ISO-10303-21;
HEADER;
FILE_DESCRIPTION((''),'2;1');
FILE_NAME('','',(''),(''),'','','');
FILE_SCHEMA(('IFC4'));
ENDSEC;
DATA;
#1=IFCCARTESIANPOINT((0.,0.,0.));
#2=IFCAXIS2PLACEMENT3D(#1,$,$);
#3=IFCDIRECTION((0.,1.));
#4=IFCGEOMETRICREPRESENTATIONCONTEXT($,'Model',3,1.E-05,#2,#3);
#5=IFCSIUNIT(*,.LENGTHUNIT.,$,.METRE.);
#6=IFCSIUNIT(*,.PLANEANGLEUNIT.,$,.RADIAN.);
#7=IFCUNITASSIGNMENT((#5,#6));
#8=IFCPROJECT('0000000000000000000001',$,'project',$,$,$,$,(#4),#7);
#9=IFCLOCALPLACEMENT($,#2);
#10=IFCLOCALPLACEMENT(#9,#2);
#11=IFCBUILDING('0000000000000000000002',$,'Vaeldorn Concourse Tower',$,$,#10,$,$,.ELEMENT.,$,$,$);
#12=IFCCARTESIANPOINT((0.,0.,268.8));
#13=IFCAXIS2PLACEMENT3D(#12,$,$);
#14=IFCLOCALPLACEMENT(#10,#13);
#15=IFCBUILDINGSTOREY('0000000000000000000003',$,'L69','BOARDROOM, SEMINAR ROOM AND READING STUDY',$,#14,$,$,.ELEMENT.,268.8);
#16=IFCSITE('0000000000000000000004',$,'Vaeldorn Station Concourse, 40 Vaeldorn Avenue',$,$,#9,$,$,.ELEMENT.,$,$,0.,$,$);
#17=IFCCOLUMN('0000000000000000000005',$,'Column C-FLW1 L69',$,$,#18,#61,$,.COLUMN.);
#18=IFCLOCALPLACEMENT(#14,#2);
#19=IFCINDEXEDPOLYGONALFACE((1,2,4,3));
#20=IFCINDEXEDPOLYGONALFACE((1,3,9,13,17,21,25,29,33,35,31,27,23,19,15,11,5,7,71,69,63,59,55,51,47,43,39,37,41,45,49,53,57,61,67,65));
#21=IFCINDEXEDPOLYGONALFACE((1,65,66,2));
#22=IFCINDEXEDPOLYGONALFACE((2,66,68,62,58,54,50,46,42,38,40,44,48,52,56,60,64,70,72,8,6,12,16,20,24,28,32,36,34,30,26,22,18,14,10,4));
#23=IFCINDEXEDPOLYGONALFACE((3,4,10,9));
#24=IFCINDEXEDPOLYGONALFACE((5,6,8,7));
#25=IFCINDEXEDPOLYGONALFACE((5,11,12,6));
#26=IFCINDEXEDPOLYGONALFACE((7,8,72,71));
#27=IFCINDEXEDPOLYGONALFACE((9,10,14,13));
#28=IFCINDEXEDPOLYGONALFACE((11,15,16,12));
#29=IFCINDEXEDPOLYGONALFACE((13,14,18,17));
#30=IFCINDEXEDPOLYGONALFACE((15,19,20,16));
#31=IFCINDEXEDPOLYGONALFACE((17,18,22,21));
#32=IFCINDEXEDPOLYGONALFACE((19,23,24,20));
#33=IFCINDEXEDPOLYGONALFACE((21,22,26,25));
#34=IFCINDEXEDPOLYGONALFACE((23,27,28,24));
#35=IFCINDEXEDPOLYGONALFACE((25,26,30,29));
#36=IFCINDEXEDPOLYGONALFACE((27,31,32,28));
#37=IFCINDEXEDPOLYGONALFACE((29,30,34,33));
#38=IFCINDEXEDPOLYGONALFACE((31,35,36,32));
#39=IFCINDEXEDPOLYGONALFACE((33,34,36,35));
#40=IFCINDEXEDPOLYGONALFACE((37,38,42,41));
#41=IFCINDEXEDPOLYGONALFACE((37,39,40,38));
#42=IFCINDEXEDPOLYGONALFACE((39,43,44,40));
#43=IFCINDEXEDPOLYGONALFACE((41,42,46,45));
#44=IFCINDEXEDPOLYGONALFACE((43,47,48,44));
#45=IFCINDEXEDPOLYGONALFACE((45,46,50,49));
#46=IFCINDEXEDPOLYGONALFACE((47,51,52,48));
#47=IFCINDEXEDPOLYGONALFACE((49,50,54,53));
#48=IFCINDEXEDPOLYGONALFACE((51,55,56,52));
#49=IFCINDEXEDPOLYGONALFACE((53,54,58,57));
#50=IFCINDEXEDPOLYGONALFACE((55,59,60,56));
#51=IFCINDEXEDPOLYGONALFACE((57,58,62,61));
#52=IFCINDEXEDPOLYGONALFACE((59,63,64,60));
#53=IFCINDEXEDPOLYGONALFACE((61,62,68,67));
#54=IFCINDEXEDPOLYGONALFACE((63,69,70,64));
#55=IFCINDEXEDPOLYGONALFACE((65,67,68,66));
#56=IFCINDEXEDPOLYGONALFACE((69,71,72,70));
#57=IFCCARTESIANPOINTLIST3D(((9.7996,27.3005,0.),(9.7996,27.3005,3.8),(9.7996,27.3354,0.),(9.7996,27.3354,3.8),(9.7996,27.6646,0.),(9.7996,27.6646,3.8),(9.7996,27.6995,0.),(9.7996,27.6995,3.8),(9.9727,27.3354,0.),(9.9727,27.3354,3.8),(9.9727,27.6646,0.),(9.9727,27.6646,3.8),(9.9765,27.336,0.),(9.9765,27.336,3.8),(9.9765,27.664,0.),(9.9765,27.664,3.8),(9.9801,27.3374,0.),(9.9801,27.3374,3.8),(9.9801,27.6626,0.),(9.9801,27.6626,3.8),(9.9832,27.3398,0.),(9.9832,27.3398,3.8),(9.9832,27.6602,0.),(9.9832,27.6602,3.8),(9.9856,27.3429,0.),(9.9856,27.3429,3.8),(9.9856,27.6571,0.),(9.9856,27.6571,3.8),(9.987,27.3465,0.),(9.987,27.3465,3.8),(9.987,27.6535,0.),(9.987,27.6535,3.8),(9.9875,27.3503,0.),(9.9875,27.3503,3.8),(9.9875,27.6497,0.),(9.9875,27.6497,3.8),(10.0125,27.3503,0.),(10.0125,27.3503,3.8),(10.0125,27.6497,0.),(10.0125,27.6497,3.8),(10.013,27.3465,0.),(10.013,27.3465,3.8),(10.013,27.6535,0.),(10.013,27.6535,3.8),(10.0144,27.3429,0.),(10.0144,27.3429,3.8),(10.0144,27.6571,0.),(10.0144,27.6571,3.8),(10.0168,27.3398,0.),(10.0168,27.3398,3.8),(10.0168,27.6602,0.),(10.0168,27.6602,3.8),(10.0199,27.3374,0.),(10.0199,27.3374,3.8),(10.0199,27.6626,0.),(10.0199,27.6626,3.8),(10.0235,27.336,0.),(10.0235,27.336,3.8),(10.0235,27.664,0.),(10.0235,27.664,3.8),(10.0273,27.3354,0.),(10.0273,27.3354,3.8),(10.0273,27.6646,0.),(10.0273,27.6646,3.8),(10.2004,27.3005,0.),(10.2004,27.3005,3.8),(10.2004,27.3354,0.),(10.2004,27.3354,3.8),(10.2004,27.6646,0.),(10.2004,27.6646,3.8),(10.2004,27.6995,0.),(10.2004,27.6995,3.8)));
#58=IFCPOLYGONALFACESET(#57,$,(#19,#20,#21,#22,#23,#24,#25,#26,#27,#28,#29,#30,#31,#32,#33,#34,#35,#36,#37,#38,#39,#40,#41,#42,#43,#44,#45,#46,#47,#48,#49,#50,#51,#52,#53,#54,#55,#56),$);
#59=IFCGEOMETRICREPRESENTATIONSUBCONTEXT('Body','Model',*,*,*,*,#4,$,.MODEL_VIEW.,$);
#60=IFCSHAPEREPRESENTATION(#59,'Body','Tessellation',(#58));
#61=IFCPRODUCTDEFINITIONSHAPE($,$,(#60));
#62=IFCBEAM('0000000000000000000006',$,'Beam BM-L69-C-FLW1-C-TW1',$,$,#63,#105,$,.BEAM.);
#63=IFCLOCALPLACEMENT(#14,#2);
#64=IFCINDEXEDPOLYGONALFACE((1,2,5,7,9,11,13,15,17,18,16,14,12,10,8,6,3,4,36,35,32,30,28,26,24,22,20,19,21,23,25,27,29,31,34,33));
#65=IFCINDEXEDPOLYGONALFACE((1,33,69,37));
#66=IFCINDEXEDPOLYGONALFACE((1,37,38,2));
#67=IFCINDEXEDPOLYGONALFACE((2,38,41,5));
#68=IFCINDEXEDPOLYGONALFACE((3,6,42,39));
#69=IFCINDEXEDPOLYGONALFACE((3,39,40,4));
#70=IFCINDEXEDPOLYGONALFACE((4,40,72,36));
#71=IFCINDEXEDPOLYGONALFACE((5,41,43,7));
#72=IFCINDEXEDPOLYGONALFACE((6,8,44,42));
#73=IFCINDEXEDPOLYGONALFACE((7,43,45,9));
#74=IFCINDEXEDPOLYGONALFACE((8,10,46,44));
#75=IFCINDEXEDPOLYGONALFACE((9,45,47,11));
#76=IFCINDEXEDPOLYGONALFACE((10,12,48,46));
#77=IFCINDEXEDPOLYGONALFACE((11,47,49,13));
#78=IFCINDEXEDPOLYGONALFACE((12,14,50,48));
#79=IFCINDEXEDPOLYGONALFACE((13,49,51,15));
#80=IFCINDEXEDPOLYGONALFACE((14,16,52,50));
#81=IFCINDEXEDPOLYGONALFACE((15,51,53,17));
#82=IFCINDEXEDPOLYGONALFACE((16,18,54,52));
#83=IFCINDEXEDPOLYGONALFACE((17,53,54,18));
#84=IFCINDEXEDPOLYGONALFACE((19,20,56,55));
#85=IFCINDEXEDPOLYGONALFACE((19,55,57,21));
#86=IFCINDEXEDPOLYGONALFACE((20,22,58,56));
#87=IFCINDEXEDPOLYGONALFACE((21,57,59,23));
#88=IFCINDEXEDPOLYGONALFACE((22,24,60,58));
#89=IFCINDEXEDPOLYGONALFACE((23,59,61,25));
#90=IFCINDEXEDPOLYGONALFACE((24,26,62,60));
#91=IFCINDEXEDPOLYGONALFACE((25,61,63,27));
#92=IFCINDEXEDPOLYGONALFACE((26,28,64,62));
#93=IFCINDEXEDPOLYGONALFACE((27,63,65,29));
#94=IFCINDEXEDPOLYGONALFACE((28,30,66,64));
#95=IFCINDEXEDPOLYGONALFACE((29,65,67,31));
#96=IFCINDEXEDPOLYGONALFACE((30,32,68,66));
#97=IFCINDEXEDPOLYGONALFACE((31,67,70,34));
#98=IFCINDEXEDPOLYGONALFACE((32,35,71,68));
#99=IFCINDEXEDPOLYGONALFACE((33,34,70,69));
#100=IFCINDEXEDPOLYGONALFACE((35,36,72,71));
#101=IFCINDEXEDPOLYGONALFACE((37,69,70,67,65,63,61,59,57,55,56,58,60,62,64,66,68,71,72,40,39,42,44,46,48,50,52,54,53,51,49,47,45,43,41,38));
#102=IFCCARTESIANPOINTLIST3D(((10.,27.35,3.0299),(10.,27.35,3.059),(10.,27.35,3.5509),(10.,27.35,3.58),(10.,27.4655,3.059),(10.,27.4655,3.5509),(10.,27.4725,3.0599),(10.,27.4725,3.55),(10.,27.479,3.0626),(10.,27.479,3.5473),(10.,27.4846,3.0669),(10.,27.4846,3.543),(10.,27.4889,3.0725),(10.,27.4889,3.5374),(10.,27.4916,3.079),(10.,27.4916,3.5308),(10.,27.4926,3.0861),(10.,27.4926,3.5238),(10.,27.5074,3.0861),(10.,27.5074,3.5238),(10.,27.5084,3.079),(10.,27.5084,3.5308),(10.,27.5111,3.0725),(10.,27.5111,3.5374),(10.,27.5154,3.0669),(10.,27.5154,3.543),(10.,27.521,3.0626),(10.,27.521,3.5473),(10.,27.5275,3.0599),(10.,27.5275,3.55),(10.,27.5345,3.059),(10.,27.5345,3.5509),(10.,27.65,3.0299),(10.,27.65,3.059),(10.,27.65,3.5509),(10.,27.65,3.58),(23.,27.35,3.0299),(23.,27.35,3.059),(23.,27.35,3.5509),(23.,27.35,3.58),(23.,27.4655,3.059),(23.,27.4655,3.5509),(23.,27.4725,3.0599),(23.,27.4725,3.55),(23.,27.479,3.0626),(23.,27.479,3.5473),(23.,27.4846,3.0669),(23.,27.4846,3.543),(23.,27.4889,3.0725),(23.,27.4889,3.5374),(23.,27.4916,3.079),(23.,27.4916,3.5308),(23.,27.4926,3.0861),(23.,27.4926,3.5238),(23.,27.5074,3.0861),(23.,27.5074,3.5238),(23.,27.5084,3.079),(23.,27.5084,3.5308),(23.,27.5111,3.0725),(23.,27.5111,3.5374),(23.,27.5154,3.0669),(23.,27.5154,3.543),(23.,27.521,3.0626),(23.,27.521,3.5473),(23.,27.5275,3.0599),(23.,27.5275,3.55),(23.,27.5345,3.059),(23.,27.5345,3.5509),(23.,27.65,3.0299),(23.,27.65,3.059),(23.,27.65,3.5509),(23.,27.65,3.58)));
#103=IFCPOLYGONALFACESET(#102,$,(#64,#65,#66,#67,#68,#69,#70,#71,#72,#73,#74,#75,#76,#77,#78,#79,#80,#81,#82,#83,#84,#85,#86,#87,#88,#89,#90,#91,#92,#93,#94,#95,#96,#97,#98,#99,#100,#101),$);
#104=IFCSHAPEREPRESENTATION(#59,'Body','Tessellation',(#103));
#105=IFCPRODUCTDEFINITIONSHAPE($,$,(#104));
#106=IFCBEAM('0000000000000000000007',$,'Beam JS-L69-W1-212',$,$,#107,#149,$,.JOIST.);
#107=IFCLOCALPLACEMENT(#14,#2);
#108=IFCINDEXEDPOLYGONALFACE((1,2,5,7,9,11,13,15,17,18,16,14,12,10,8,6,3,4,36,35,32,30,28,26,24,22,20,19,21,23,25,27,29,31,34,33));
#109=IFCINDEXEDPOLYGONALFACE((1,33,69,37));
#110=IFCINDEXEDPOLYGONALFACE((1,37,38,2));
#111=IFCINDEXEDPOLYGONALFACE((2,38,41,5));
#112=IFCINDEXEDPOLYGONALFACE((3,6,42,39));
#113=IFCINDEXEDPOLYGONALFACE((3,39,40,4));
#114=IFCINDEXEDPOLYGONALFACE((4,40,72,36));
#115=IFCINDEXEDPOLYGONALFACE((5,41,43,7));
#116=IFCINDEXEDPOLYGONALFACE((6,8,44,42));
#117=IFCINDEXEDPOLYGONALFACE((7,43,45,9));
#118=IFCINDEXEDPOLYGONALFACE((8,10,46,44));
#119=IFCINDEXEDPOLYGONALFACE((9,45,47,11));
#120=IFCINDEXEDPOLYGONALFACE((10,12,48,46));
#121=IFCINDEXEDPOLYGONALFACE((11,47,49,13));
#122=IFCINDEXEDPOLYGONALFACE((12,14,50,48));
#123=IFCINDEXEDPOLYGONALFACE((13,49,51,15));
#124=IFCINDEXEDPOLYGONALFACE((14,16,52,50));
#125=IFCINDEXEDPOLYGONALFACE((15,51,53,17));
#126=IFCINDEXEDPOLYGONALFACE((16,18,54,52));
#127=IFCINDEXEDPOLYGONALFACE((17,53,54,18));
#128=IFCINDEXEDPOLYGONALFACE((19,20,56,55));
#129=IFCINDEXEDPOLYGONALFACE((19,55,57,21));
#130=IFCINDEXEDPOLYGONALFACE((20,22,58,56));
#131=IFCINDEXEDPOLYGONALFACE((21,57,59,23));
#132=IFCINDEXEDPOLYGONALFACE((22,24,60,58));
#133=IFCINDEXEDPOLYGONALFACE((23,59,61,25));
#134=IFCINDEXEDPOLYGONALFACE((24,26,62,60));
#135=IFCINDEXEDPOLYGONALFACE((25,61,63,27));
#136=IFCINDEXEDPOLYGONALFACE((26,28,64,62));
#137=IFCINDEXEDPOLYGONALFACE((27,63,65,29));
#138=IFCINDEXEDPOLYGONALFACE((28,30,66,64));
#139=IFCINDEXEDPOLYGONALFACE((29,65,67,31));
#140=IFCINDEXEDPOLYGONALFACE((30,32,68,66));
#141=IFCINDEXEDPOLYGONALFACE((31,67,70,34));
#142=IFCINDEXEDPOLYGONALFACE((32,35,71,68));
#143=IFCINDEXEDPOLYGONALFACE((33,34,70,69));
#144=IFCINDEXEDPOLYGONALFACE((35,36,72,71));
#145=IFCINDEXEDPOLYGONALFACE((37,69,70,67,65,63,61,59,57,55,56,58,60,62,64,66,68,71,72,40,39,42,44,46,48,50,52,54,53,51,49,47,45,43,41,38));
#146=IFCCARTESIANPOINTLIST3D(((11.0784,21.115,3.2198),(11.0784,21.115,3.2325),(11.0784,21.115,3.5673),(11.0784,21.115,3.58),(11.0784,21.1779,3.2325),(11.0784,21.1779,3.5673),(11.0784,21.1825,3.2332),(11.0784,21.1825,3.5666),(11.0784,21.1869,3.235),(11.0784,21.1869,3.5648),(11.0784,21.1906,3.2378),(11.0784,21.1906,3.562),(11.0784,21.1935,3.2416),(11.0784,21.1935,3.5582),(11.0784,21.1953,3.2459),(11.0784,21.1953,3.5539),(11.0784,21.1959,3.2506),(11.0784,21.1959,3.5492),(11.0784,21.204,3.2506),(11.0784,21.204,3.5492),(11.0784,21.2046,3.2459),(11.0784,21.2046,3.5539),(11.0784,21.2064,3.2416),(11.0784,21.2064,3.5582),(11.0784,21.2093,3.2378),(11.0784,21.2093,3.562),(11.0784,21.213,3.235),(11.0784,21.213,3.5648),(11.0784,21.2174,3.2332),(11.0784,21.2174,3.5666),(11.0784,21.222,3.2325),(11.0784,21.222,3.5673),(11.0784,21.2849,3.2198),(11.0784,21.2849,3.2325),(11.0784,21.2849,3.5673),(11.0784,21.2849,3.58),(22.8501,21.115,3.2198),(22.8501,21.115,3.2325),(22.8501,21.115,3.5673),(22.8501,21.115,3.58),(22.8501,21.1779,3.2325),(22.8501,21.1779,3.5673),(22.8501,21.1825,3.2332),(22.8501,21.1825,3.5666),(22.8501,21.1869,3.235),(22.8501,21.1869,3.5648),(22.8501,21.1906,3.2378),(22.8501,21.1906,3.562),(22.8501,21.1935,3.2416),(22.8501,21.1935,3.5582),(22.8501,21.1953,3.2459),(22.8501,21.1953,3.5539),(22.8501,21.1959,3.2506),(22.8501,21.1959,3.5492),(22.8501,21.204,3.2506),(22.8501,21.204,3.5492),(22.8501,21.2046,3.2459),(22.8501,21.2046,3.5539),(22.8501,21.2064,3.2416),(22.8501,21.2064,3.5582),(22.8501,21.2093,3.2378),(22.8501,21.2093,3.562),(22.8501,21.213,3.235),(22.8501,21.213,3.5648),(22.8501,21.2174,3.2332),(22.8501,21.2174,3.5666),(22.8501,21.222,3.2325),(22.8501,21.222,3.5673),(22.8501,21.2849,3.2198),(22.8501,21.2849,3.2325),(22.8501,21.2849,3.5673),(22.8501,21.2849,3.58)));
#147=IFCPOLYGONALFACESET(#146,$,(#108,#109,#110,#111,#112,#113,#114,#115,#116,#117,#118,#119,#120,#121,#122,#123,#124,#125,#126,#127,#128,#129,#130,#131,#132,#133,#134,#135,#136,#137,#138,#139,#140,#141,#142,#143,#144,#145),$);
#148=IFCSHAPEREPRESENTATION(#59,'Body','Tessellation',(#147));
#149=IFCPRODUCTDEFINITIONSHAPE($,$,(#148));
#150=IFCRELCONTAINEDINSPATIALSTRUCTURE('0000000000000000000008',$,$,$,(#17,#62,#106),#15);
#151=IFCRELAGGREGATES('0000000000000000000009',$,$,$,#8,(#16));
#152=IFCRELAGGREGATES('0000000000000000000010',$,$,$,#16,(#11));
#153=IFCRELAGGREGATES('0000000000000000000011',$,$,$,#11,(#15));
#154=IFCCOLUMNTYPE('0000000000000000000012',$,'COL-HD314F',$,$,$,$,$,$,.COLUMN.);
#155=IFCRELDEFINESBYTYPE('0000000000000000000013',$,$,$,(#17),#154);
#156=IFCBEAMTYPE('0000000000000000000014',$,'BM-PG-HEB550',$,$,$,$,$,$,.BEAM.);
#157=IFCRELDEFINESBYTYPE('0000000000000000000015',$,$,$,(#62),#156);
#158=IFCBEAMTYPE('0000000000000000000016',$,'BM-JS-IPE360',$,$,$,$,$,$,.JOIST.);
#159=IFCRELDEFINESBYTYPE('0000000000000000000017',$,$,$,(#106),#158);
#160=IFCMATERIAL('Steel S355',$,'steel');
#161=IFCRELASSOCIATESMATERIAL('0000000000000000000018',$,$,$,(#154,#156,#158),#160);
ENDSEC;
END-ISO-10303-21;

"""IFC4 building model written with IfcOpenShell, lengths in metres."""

from ifc_helpers import new_model, si_unit, direction, frame, origin, origin_2d, place, context, subcontext, project, spatial, i_section, extrude, source, transform, mapped, material, material_profile, profile_set, type_object, element, save


model = new_model("IFC4")

# Units and contexts
model_context = context("Model", 3, precision=1e-05, world=origin(), true_north=direction((0.0, 1.0)))
body_context = subcontext(model_context, "Body", "Model", "MODEL_VIEW")
ifc_project = project(units=[si_unit("LENGTHUNIT", "METRE"), si_unit("PLANEANGLEUNIT", "RADIAN")], contexts=[model_context])

# Site, building, storey
site_placement = place(None, origin())
site = spatial("IfcSite", under=ifc_project, at=site_placement, Name="Vaeldorn Station Concourse, 40 Vaeldorn Avenue", CompositionType="ELEMENT", RefElevation=0.0)
building_placement = place(site_placement, origin())
building = spatial("IfcBuilding", under=site, at=building_placement, Name="Vaeldorn Concourse Tower", CompositionType="ELEMENT")
storey_placement = place(building_placement, frame((0.0, 0.0, 268.8)))
storey = spatial("IfcBuildingStorey", under=building, at=storey_placement, Name="L69", Description="BOARDROOM, SEMINAR ROOM AND READING STUDY", CompositionType="ELEMENT", Elevation=268.8)

# Column
ifc_material_1 = material(Name="Steel S355", Category="steel")
ifc_material_profile_1 = material_profile(ifc_material_1, i_section(OverallWidth=0.4009, OverallDepth=0.3989, WebThickness=0.0249, FlangeThickness=0.0349, FilletRadius=0.0149, at=origin_2d()), Name="HD 400x314")
ifc_profile_set_1 = profile_set([ifc_material_profile_1], Name="Steel S355")
column_type = type_object("IfcColumnType", Name="COL-HD314F", PredefinedType="COLUMN", material=ifc_profile_set_1)
shared_shape_1 = source(origin(), body_context, "Body", "SweptSolid", [
    extrude(i_section(OverallWidth=0.4009, OverallDepth=0.3989, WebThickness=0.0249, FlangeThickness=0.0349, FilletRadius=0.0149, at=origin_2d()), origin(), (0.0, 0.0, 1.0), 3.8),
])
column_placement = place(storey_placement, frame((10.0, 27.5, 0.0), z_axis=(0.0, 0.0, 1.0), x_axis=(1.0, 0.0, 0.0)))
element("IfcColumn", 1, at=column_placement, inside=storey, type_object=column_type, Name="Column C-FLW1 L69", PredefinedType="COLUMN", context=body_context, shape_type="MappedRepresentation", body=[
    mapped(shared_shape_1, transform((0.0, 0.0, 0.0), scale=1.0)),
])

# Beams
ifc_material_profile_2 = material_profile(ifc_material_1, i_section(OverallWidth=0.3, OverallDepth=0.55, WebThickness=0.0149, FlangeThickness=0.0291, FilletRadius=0.0271, at=origin_2d()), Name="HEB 550")
ifc_profile_set_2 = profile_set([ifc_material_profile_2], Name="Steel S355")
beam_type_1 = type_object("IfcBeamType", Name="BM-PG-HEB550", PredefinedType="BEAM", material=ifc_profile_set_2)
shared_shape_2 = source(origin(), body_context, "Body", "SweptSolid", [
    extrude(i_section(OverallWidth=0.3, OverallDepth=0.55, WebThickness=0.0149, FlangeThickness=0.0291, FilletRadius=0.0271, at=origin_2d()), origin(), (0.0, 0.0, 1.0), 13.0),
])
beam_1_placement = place(storey_placement, frame((10.0, 27.5, 3.3049), z_axis=(1.0, 0.0, 0.0), x_axis=(0.0, 1.0, 0.0)))
element("IfcBeam", 2, at=beam_1_placement, inside=storey, type_object=beam_type_1, Name="Beam BM-L69-C-FLW1-C-TW1", PredefinedType="BEAM", context=body_context, shape_type="MappedRepresentation", body=[
    mapped(shared_shape_2, transform((0.0, 0.0, 0.0), scale=1.0)),
])
ifc_material_profile_3 = material_profile(ifc_material_1, i_section(OverallWidth=0.1699, OverallDepth=0.3601, WebThickness=0.0081, FlangeThickness=0.0127, FilletRadius=0.0181, at=origin_2d()), Name="IPE 360")
ifc_profile_set_3 = profile_set([ifc_material_profile_3], Name="Steel S355")
beam_type_2 = type_object("IfcBeamType", Name="BM-JS-IPE360", PredefinedType="JOIST", material=ifc_profile_set_3)
shared_shape_3 = source(origin(), body_context, "Body", "SweptSolid", [
    extrude(i_section(OverallWidth=0.1699, OverallDepth=0.3601, WebThickness=0.0081, FlangeThickness=0.0127, FilletRadius=0.0181, at=origin_2d()), origin(), (0.0, 0.0, 1.0), 11.7717),
])
beam_2_placement = place(storey_placement, frame((11.0784, 21.2, 3.3999), z_axis=(1.0, 0.0, 0.0), x_axis=(0.0, 1.0, 0.0)))
element("IfcBeam", 3, at=beam_2_placement, inside=storey, type_object=beam_type_2, Name="Beam JS-L69-W1-212", PredefinedType="JOIST", context=body_context, shape_type="MappedRepresentation", body=[
    mapped(shared_shape_3, transform((0.0, 0.0, 0.0), scale=1.0)),
])

save(model, "model.ifc")
